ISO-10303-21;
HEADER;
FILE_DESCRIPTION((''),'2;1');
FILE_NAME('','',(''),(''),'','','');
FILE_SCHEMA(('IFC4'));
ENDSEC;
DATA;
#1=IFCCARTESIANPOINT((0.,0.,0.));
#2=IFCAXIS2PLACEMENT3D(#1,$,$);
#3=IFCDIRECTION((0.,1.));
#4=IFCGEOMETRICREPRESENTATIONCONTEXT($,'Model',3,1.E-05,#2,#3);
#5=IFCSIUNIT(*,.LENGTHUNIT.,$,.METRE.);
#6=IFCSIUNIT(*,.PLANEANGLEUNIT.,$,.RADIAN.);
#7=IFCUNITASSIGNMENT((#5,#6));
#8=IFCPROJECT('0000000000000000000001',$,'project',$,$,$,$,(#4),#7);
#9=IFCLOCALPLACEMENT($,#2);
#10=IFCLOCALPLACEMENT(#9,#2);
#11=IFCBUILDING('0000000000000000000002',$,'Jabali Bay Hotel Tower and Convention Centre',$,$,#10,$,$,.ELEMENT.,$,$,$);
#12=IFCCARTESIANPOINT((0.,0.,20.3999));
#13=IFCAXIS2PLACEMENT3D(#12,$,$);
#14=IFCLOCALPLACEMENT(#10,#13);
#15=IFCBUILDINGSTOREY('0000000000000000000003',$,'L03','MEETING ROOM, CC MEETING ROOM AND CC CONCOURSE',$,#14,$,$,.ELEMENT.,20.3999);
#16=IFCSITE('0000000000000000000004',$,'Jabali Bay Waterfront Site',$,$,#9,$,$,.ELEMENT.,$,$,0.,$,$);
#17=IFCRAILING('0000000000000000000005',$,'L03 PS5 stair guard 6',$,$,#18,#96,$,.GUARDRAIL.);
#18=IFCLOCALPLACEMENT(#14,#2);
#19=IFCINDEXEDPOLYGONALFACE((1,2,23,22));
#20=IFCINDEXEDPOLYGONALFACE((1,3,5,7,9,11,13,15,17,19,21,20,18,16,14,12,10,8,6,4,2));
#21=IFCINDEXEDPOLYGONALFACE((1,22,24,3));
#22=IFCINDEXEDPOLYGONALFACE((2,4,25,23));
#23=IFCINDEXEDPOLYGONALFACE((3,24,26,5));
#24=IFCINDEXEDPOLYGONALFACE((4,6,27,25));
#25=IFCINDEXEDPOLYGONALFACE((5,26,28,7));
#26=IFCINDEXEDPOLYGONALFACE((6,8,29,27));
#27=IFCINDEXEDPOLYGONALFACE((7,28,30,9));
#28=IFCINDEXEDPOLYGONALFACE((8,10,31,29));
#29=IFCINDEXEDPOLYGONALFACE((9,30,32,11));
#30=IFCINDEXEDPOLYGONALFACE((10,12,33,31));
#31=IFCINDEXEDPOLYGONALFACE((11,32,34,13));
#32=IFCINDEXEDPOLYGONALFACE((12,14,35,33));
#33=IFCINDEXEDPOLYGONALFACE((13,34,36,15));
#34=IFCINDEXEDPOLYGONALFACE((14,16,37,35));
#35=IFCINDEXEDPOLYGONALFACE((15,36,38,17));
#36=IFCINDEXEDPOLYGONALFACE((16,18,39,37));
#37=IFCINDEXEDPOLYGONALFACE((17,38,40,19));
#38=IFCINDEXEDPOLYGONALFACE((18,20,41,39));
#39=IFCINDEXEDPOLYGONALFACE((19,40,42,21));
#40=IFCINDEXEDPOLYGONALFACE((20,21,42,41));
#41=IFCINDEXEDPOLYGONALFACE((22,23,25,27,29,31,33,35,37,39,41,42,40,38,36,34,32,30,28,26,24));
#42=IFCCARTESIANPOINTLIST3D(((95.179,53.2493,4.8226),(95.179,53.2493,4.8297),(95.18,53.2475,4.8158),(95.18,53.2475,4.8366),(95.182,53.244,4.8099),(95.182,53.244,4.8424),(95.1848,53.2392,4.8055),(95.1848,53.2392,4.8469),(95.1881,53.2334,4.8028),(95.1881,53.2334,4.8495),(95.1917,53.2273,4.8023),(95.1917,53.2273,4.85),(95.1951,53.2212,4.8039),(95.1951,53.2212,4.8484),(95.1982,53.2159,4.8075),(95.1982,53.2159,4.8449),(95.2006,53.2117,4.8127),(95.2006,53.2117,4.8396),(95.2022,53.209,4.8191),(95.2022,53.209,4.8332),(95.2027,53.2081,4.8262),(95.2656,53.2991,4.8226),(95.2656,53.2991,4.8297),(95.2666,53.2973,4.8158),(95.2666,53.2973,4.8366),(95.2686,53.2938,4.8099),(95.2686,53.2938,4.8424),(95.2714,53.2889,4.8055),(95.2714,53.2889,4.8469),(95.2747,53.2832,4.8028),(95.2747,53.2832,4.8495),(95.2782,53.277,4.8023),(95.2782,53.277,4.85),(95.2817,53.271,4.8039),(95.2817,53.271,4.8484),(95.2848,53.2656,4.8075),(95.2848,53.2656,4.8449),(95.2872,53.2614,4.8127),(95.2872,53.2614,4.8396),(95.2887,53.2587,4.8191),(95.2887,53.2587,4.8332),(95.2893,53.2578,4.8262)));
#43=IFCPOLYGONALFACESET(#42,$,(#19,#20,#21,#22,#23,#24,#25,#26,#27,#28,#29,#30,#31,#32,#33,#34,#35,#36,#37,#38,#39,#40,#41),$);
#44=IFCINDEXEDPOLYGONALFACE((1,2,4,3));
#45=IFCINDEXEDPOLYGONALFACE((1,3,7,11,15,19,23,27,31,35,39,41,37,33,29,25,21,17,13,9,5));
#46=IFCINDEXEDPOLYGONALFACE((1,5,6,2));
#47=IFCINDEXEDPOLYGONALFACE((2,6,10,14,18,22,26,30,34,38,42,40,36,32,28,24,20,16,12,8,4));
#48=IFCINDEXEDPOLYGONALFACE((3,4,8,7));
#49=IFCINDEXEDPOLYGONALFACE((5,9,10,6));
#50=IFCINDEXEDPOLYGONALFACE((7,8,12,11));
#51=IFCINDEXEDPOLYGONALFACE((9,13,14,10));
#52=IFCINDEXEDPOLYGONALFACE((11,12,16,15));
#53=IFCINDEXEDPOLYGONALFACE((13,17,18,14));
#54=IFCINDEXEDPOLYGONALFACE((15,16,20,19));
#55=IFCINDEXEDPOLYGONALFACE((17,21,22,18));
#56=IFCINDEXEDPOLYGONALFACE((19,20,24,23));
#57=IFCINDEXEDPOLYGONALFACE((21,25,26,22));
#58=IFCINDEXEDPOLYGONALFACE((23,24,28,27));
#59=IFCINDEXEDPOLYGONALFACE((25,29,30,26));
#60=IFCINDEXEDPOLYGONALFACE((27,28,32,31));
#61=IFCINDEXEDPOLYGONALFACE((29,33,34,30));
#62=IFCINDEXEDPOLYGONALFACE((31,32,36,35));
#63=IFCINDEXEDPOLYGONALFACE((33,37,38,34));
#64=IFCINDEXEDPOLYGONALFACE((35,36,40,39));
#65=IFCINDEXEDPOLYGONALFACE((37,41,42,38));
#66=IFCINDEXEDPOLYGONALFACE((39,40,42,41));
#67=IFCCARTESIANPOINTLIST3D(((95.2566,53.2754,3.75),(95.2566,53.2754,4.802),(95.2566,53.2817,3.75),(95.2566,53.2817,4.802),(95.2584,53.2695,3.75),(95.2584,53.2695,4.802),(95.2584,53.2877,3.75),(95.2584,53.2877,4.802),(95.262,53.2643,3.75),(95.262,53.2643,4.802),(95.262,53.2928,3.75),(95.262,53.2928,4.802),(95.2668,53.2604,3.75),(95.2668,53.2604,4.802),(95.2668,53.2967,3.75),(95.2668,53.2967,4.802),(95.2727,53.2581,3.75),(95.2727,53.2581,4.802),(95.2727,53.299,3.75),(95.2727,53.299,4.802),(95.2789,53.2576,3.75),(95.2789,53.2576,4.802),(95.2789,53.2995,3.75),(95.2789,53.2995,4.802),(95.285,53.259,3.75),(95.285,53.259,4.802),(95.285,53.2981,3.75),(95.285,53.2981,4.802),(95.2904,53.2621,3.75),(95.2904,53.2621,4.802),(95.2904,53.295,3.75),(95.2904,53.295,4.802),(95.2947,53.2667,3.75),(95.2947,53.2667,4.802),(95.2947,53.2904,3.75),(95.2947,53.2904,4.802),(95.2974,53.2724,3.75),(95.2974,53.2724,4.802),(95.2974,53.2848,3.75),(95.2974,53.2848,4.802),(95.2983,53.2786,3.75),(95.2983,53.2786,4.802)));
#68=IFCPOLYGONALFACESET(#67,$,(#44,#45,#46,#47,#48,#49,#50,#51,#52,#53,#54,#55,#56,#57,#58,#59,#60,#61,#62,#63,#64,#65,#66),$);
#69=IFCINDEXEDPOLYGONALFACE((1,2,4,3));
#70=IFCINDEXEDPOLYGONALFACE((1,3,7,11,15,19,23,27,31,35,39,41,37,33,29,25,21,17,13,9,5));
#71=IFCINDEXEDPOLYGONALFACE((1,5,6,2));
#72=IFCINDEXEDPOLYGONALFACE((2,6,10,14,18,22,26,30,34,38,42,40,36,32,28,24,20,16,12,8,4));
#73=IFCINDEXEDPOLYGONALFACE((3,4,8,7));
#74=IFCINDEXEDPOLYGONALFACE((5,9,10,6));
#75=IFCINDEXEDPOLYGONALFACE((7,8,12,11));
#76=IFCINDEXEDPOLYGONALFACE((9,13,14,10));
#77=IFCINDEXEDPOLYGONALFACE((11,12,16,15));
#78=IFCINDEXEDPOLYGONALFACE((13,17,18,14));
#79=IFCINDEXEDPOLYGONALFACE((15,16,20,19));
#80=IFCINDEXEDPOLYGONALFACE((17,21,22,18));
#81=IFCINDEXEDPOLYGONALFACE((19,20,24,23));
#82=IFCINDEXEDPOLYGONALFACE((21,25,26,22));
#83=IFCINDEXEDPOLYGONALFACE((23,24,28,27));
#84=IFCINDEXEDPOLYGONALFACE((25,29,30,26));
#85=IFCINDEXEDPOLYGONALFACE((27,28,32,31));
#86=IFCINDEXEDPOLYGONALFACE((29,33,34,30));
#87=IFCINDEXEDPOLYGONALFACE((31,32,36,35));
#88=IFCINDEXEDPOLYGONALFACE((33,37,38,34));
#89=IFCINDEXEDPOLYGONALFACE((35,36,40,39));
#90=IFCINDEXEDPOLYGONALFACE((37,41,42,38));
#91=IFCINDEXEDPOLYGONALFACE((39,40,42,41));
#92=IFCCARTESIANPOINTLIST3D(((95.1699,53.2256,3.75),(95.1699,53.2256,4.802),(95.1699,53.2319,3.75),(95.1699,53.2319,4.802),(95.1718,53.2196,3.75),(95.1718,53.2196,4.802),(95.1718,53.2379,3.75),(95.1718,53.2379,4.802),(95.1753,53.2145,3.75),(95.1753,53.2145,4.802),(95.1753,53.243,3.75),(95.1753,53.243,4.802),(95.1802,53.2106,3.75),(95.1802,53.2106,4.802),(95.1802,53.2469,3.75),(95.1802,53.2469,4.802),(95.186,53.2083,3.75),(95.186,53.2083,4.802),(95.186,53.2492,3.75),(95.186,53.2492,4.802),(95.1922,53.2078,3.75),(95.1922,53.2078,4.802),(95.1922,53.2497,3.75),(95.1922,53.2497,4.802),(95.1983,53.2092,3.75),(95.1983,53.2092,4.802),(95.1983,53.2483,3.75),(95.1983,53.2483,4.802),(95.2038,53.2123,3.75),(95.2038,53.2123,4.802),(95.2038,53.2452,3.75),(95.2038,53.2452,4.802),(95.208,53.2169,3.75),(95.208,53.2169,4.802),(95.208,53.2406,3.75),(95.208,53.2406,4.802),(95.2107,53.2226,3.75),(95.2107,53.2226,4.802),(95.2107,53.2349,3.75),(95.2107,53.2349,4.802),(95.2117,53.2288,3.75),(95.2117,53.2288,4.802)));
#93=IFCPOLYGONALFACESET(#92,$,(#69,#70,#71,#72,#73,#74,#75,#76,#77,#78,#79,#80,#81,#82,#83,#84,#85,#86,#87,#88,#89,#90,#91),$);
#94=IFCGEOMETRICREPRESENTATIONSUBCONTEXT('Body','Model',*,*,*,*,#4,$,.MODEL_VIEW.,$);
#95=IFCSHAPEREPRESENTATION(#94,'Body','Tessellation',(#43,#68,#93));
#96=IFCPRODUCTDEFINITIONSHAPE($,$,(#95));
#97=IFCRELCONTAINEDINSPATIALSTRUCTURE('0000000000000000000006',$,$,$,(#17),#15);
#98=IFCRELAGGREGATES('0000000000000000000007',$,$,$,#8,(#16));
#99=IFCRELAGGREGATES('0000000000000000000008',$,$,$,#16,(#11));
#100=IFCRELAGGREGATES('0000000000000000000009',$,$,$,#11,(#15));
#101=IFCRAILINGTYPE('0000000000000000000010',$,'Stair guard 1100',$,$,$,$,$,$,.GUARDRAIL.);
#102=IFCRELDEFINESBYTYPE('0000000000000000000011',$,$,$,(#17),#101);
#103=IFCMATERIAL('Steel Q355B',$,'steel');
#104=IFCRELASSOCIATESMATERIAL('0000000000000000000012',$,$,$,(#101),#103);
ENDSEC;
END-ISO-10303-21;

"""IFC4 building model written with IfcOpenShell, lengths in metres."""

from ifc_helpers import new_model, si_unit, direction, frame, origin, origin_2d, place, context, subcontext, project, spatial, circle, extrude, material, type_object, element, save


model = new_model("IFC4")

# Units and contexts
model_context = context("Model", 3, precision=1e-05, world=origin(), true_north=direction((0.0, 1.0)))
body_context = subcontext(model_context, "Body", "Model", "MODEL_VIEW")
ifc_project = project(units=[si_unit("LENGTHUNIT", "METRE"), si_unit("PLANEANGLEUNIT", "RADIAN")], contexts=[model_context])

# Site, building, storey
site_placement = place(None, origin())
site = spatial("IfcSite", under=ifc_project, at=site_placement, Name="Jabali Bay Waterfront Site", CompositionType="ELEMENT", RefElevation=0.0)
building_placement = place(site_placement, origin())
building = spatial("IfcBuilding", under=site, at=building_placement, Name="Jabali Bay Hotel Tower and Convention Centre", CompositionType="ELEMENT")
storey_placement = place(building_placement, frame((0.0, 0.0, 20.3999)))
storey = spatial("IfcBuildingStorey", under=building, at=storey_placement, Name="L03", Description="MEETING ROOM, CC MEETING ROOM AND CC CONCOURSE", CompositionType="ELEMENT", Elevation=20.3999)

# Railing
ifc_material_1 = material(Name="Steel Q355B", Category="steel")
railing_type_1 = type_object("IfcRailingType", Name="Stair guard 1100", PredefinedType="GUARDRAIL", material=ifc_material_1)
railing_1_placement = place(storey_placement, frame((95.2773, 53.2786, 3.75)))
element("IfcRailing", 1, at=railing_1_placement, inside=storey, type_object=railing_type_1, Name="L03 PS5 stair guard 6", PredefinedType="GUARDRAIL", context=body_context, shape_type="SweptSolid", body=[
    extrude(circle(Radius=0.0239, at=origin_2d()), frame((0.0, 0.0, 1.0762), z_axis=(-0.867038, -0.498242, 0.0), x_axis=(0.498242, -0.867038, 0.0)), (0.0, 0.0, 1.0), 0.0999),
    extrude(circle(Radius=0.021, at=origin_2d()), origin(), (0.0, 0.0, 1.0), 1.052),
    extrude(circle(Radius=0.021, at=origin_2d()), frame((-0.0867, -0.0498, 0.0)), (0.0, 0.0, 1.0), 1.052),
])

save(model, "model.ifc")
